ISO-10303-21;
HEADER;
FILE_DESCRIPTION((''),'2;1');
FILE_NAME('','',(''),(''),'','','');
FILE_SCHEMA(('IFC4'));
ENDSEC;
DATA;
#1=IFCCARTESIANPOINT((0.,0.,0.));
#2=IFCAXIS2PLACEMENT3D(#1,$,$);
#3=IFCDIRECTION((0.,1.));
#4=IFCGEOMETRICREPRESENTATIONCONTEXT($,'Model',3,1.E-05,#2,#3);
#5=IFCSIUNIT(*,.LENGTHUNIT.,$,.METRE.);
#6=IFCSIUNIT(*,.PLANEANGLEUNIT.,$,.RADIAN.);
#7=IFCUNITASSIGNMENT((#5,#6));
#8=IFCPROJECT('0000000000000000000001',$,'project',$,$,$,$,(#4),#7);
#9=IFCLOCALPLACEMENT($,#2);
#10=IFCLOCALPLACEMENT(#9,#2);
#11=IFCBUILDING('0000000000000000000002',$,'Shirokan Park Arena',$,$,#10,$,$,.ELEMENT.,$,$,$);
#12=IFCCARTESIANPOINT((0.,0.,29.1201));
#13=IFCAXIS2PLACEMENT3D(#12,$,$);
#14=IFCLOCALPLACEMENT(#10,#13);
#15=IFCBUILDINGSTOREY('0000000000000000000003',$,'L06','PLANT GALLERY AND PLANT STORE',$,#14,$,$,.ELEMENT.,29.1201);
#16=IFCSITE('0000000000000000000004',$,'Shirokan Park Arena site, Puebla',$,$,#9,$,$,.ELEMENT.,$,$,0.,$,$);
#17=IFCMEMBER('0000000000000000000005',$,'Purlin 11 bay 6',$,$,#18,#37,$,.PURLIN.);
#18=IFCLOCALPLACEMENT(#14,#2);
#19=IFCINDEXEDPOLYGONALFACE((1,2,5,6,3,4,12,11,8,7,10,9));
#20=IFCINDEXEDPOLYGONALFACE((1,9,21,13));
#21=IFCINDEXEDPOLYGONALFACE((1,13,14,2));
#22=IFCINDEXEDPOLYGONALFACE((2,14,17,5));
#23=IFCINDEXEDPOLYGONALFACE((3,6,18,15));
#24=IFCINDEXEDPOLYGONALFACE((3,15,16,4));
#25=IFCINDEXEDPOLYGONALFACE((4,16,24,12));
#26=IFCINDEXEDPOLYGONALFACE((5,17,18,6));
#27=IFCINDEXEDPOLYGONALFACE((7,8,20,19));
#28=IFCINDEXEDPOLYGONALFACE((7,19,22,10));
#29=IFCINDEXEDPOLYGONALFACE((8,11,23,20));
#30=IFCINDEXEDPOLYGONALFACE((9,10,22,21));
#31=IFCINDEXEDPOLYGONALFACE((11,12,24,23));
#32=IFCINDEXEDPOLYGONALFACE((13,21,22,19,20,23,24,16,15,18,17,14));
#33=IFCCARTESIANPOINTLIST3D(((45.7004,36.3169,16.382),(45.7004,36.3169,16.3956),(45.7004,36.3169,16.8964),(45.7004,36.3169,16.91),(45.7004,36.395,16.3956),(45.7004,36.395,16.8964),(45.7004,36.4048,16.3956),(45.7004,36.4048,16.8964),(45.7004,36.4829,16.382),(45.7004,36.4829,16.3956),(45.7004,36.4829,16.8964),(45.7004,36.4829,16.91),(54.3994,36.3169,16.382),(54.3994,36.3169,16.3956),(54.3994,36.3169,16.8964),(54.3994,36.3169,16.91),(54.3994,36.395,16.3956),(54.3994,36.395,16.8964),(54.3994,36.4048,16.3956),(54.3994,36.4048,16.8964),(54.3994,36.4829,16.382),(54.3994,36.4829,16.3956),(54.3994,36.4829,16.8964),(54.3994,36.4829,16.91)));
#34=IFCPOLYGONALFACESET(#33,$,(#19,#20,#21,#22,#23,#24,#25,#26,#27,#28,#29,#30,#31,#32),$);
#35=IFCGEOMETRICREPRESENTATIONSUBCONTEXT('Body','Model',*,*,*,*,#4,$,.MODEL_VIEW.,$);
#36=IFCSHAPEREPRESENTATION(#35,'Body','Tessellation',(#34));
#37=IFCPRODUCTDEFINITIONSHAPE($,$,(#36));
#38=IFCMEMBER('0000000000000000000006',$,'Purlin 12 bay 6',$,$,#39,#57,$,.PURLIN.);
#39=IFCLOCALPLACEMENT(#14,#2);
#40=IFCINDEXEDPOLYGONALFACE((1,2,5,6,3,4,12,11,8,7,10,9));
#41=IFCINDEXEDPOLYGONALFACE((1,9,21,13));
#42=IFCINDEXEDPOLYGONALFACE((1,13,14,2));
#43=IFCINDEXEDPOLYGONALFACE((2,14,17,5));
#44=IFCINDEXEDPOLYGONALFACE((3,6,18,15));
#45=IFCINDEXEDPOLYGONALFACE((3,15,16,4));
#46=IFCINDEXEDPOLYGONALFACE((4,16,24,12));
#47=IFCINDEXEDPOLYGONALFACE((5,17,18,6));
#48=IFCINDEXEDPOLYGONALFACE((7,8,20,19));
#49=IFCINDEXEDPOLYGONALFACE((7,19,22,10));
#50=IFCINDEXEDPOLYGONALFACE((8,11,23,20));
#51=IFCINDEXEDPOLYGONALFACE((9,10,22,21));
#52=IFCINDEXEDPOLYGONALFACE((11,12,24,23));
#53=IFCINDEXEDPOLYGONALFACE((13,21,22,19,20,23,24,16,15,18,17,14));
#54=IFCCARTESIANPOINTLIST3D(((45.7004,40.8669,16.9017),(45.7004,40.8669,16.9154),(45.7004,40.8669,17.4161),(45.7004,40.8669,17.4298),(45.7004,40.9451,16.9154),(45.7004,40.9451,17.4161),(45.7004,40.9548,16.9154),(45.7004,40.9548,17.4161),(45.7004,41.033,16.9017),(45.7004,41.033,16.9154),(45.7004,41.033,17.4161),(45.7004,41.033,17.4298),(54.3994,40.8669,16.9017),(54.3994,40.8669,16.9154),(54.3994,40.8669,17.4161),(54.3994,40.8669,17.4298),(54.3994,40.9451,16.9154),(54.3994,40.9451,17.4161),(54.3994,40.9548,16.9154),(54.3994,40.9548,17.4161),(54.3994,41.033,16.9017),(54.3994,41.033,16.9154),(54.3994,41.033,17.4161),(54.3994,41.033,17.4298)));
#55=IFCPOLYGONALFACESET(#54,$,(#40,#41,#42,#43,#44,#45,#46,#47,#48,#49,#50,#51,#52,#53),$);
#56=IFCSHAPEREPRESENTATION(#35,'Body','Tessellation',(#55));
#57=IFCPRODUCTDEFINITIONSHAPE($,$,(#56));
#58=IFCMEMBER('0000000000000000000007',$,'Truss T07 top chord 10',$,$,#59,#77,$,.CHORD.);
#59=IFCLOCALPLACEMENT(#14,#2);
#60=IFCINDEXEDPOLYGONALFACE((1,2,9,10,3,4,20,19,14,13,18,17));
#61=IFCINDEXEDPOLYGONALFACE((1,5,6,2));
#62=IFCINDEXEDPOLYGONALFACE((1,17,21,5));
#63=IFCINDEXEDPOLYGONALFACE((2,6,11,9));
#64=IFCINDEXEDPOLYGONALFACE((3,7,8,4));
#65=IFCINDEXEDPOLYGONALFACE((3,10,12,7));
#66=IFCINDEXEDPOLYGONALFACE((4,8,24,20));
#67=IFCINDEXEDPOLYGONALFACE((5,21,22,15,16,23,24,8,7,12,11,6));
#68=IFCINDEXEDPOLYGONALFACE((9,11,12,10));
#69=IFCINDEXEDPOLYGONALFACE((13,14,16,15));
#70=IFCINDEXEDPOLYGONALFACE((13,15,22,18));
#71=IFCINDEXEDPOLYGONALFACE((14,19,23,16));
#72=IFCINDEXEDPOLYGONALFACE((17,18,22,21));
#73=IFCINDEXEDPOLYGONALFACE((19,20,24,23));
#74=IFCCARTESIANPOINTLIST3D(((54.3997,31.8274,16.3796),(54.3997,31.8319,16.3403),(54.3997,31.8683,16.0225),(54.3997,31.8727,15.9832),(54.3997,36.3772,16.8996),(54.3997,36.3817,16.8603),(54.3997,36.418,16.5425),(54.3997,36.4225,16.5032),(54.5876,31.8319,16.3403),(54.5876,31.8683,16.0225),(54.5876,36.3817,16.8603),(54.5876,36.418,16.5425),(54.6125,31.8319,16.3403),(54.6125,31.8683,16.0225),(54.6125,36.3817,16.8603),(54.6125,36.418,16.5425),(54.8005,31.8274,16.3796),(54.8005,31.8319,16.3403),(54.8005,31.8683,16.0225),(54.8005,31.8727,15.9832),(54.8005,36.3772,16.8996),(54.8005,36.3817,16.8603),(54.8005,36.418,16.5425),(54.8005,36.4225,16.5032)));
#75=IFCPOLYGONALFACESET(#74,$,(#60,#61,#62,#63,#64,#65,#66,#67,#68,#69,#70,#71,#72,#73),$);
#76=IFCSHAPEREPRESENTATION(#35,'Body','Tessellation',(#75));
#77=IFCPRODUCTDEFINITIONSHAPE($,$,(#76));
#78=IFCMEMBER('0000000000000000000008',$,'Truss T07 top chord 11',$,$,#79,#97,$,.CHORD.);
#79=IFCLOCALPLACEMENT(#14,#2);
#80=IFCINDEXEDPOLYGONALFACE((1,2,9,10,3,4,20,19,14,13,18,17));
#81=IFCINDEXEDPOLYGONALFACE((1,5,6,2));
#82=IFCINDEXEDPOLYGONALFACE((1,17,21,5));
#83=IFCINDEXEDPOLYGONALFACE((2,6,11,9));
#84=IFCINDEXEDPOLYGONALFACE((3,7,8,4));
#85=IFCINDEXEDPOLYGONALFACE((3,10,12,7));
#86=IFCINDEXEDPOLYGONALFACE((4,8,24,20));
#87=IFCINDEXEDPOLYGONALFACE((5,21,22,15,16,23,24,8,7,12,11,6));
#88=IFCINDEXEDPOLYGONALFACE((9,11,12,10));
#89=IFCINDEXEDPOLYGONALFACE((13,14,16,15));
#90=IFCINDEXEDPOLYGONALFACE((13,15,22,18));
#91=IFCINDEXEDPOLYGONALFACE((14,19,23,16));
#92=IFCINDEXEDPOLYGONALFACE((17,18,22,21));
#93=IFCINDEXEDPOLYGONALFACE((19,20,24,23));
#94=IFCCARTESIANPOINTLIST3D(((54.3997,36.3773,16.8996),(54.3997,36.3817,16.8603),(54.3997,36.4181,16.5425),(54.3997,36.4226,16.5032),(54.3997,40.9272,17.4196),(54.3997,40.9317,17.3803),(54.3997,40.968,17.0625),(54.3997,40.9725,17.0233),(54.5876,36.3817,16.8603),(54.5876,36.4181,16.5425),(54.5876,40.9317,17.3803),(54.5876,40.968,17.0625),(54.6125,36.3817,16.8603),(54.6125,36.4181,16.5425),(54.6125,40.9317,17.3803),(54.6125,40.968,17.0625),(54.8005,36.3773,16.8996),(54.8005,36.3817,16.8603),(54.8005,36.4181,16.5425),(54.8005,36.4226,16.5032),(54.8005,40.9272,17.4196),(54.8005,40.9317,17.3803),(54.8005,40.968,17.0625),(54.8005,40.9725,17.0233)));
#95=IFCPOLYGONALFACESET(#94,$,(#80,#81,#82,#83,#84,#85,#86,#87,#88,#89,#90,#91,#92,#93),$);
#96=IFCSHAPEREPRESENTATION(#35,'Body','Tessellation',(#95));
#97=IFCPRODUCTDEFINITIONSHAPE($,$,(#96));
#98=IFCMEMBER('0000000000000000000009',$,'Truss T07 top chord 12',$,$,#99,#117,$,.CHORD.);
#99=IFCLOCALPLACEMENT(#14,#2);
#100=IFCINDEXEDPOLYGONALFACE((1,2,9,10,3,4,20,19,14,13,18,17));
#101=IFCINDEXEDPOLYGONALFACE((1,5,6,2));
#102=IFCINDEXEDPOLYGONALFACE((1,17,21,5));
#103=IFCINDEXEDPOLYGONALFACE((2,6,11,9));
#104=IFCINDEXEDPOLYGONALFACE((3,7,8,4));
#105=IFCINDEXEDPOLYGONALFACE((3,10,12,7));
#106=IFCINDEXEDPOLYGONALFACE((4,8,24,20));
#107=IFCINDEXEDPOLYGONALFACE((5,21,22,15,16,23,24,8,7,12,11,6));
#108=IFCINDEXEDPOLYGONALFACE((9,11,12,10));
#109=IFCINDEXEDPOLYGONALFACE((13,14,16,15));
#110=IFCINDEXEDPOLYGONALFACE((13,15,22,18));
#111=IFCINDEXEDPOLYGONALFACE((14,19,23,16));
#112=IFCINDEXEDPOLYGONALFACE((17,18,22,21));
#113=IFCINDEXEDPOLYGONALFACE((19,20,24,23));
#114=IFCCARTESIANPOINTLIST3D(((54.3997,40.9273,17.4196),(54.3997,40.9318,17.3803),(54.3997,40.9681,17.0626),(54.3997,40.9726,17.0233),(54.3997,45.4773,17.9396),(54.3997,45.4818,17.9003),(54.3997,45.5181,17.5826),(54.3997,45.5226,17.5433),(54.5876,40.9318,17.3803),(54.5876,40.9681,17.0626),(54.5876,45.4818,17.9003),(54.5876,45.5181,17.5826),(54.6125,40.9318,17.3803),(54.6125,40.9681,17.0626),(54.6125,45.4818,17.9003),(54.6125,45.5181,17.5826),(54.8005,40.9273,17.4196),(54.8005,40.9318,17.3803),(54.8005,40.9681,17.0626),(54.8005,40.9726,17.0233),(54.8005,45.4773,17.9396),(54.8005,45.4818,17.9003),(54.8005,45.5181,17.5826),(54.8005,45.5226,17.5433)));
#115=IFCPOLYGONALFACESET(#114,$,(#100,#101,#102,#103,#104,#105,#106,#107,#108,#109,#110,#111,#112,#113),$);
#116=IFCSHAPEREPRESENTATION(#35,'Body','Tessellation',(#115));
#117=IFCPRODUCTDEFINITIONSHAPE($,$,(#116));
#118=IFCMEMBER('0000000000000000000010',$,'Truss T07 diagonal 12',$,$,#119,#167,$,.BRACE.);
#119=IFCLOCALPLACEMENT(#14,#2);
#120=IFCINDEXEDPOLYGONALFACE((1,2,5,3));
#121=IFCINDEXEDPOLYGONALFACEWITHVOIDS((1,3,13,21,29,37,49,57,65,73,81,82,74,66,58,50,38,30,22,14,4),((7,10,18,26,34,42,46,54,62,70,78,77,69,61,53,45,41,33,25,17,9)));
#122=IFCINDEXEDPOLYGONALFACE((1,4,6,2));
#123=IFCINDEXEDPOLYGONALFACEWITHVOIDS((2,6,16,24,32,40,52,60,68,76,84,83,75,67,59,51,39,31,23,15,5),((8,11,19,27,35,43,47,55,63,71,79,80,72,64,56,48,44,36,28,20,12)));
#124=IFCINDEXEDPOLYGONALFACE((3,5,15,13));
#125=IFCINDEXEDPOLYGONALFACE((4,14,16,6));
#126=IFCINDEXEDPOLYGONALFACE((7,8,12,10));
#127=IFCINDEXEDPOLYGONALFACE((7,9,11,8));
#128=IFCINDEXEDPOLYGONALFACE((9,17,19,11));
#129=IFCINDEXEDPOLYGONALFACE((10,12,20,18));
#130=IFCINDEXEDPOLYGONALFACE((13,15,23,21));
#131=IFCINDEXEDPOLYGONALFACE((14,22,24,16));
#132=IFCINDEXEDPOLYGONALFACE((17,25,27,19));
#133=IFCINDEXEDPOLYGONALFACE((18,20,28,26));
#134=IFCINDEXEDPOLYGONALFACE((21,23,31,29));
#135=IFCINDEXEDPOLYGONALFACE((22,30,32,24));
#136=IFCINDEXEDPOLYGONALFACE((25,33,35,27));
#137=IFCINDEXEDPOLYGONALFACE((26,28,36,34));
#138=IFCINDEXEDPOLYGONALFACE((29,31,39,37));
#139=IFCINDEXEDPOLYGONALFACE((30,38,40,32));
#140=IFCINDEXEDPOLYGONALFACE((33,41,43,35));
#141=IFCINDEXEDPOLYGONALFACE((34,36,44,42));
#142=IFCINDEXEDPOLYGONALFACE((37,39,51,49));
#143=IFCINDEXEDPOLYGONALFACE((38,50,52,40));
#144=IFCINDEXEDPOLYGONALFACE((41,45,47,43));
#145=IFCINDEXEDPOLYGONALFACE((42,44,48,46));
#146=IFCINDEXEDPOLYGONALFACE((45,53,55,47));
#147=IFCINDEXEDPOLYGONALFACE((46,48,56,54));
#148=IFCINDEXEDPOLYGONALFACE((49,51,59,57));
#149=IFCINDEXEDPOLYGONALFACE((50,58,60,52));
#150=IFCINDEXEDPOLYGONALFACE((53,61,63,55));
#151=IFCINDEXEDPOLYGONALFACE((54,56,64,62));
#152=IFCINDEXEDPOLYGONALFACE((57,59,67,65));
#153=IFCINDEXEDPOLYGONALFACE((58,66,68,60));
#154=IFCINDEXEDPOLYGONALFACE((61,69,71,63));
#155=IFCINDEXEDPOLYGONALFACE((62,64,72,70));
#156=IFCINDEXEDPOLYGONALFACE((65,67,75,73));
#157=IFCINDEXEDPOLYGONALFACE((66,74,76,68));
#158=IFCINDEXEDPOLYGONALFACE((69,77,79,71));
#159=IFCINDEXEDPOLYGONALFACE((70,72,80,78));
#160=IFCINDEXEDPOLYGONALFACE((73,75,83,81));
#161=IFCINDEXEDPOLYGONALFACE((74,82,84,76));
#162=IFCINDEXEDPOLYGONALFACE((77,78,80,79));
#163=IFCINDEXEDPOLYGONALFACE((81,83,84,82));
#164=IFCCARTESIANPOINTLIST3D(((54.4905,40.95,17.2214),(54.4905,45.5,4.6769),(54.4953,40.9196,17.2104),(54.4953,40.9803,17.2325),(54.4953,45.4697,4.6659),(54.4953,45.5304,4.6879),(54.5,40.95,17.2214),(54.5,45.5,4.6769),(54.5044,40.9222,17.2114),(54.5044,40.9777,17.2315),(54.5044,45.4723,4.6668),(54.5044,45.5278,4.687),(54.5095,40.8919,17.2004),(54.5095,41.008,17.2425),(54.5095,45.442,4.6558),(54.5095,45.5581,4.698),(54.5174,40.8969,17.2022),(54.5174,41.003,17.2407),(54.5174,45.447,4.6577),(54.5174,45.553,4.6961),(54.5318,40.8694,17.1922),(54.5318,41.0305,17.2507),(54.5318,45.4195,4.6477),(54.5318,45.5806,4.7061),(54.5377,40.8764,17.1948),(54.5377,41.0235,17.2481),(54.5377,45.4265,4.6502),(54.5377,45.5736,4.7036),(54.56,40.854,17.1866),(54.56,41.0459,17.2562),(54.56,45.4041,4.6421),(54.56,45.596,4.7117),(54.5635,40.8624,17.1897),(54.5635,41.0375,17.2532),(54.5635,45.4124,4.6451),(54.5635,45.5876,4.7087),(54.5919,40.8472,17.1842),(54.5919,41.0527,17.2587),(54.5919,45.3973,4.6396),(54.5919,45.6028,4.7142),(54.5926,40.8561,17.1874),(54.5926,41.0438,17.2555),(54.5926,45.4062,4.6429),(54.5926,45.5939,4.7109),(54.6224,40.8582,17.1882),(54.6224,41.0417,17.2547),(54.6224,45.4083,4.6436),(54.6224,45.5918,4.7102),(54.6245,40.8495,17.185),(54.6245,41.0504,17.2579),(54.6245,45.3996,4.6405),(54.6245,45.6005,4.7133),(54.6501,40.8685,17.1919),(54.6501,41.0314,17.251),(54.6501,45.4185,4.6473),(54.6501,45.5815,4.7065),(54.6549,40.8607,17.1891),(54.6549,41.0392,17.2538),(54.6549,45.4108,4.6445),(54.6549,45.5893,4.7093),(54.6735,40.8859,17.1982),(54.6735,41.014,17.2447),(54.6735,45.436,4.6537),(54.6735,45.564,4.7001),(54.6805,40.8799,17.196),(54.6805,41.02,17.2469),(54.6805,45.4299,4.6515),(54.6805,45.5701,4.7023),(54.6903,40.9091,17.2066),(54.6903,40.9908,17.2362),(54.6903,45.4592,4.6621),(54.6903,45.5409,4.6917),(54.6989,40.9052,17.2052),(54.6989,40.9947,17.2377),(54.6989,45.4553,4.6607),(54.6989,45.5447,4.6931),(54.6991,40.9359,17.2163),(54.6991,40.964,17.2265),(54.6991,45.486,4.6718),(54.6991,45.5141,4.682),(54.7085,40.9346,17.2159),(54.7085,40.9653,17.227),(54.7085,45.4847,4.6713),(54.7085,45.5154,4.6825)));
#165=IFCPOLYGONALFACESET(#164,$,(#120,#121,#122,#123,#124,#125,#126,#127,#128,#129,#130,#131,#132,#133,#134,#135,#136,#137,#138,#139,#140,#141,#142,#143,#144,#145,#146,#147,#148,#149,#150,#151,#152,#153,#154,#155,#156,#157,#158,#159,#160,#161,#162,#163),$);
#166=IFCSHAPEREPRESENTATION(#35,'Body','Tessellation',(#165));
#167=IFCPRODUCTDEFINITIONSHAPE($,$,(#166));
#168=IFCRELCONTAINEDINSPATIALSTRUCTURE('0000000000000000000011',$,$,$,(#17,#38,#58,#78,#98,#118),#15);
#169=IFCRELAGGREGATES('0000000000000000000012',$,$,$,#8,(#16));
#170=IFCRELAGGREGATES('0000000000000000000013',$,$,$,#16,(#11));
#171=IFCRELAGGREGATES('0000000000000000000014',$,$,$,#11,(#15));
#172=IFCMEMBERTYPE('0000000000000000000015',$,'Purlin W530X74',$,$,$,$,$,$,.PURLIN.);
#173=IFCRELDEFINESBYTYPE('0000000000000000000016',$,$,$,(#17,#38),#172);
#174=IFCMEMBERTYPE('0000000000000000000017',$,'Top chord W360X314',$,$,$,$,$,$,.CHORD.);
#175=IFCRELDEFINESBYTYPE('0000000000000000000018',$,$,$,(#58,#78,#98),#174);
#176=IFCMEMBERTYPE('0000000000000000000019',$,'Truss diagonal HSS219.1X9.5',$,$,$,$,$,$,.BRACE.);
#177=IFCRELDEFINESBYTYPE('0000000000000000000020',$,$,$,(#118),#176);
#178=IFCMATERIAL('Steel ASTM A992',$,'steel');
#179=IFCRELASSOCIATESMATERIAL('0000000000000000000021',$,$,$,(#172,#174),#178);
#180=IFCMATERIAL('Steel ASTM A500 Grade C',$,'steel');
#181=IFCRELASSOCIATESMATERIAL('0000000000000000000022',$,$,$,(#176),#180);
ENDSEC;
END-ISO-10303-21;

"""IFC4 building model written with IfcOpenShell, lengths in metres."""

from ifc_helpers import new_model, si_unit, direction, frame, origin, origin_2d, place, context, subcontext, project, spatial, hollow_circle, i_section, extrude, material, material_profile, profile_set, type_object, element, save


model = new_model("IFC4")

# Units and contexts
model_context = context("Model", 3, precision=1e-05, world=origin(), true_north=direction((0.0, 1.0)))
body_context = subcontext(model_context, "Body", "Model", "MODEL_VIEW")
ifc_project = project(units=[si_unit("LENGTHUNIT", "METRE"), si_unit("PLANEANGLEUNIT", "RADIAN")], contexts=[model_context])

# Site, building, storey
site_placement = place(None, origin())
site = spatial("IfcSite", under=ifc_project, at=site_placement, Name="Shirokan Park Arena site, Puebla", CompositionType="ELEMENT", RefElevation=0.0)
building_placement = place(site_placement, origin())
building = spatial("IfcBuilding", under=site, at=building_placement, Name="Shirokan Park Arena", CompositionType="ELEMENT")
storey_placement = place(building_placement, frame((0.0, 0.0, 29.1201)))
storey = spatial("IfcBuildingStorey", under=building, at=storey_placement, Name="L06", Description="PLANT GALLERY AND PLANT STORE", CompositionType="ELEMENT", Elevation=29.1201)

# Members
ifc_material_1 = material(Name="Steel ASTM A992", Category="steel")
ifc_material_2 = material(Name="Steel ASTM A500 Grade C", Category="steel")
ifc_material_profile_1 = material_profile(ifc_material_1, i_section(OverallWidth=0.166, OverallDepth=0.5281, WebThickness=0.0098, FlangeThickness=0.0137, at=origin_2d()), Name="W530X74")
ifc_profile_set_1 = profile_set([ifc_material_profile_1], Name="Steel ASTM A992")
member_type_1 = type_object("IfcMemberType", Name="Purlin W530X74", PredefinedType="PURLIN", material=ifc_profile_set_1)
for number, where, z_axis, x_axis, name in (
    (1, (45.7004, 36.3999, 16.646), (1.0, 0.0, 0.0), (0.0, 1.0, 0.0), "Purlin 11 bay 6"),
    (2, (45.7004, 40.95, 17.1658), (1.0, 0.0, 0.0), (0.0, 1.0, 0.0), "Purlin 12 bay 6"),
):
    element("IfcMember", number, at=place(storey_placement, frame(where, z_axis=z_axis, x_axis=x_axis)), inside=storey, type_object=member_type_1, Name=name, PredefinedType="PURLIN", context=body_context, shape_type="SweptSolid", body=[
        extrude(i_section(OverallWidth=0.166, OverallDepth=0.5281, WebThickness=0.0098, FlangeThickness=0.0137, at=origin_2d()), origin(), (0.0, 0.0, 1.0), 8.699),
    ])
ifc_material_profile_2 = material_profile(ifc_material_1, i_section(OverallWidth=0.4009, OverallDepth=0.3989, WebThickness=0.0249, FlangeThickness=0.0396, at=origin_2d()), Name="W360X314")
ifc_profile_set_2 = profile_set([ifc_material_profile_2], Name="Steel ASTM A992")
member_type_2 = type_object("IfcMemberType", Name="Top chord W360X314", PredefinedType="CHORD", material=ifc_profile_set_2)
member_1_placement = place(storey_placement, frame((54.6001, 31.8501, 16.1814), z_axis=(0.0, 0.993532, 0.113556), x_axis=(-1.0, 0.0, 0.0)))
element("IfcMember", 3, at=member_1_placement, inside=storey, type_object=member_type_2, Name="Truss T07 top chord 10", PredefinedType="CHORD", context=body_context, shape_type="SweptSolid", body=[
    extrude(i_section(OverallWidth=0.4009, OverallDepth=0.3989, WebThickness=0.0249, FlangeThickness=0.0396, at=origin_2d()), origin(), (0.0, 0.0, 1.0), 4.5793),
])
for number, where, z_axis, x_axis, name in (
    (4, (54.6001, 36.3999, 16.7014), (0.0, 0.993532, 0.11355), (-1.0, 0.0, 0.0), "Truss T07 top chord 11"),
    (5, (54.6001, 40.95, 17.2214), (0.0, 0.993532, 0.11355), (-1.0, 0.0, 0.0), "Truss T07 top chord 12"),
):
    element("IfcMember", number, at=place(storey_placement, frame(where, z_axis=z_axis, x_axis=x_axis)), inside=storey, type_object=member_type_2, Name=name, PredefinedType="CHORD", context=body_context, shape_type="SweptSolid", body=[
        extrude(i_section(OverallWidth=0.4009, OverallDepth=0.3989, WebThickness=0.0249, FlangeThickness=0.0396, at=origin_2d()), origin(), (0.0, 0.0, 1.0), 4.5796),
    ])
ifc_material_profile_3 = material_profile(ifc_material_2, hollow_circle(Radius=0.1096, WallThickness=0.0095, at=origin_2d()), Name="HSS219.1X9.5")
ifc_profile_set_3 = profile_set([ifc_material_profile_3], Name="Steel ASTM A500 Grade C")
member_type_3 = type_object("IfcMemberType", Name="Truss diagonal HSS219.1X9.5", PredefinedType="BRACE", material=ifc_profile_set_3)
member_2_placement = place(storey_placement, frame((54.6001, 40.95, 17.2214), z_axis=(0.0, 0.340978, -0.940071), x_axis=(-1.0, 0.0, 0.0)))
element("IfcMember", 6, at=member_2_placement, inside=storey, type_object=member_type_3, Name="Truss T07 diagonal 12", PredefinedType="BRACE", context=body_context, shape_type="SweptSolid", body=[
    extrude(hollow_circle(Radius=0.1096, WallThickness=0.0095, at=origin_2d()), origin(), (0.0, 0.0, 1.0), 13.3442),
])

save(model, "model.ifc")
